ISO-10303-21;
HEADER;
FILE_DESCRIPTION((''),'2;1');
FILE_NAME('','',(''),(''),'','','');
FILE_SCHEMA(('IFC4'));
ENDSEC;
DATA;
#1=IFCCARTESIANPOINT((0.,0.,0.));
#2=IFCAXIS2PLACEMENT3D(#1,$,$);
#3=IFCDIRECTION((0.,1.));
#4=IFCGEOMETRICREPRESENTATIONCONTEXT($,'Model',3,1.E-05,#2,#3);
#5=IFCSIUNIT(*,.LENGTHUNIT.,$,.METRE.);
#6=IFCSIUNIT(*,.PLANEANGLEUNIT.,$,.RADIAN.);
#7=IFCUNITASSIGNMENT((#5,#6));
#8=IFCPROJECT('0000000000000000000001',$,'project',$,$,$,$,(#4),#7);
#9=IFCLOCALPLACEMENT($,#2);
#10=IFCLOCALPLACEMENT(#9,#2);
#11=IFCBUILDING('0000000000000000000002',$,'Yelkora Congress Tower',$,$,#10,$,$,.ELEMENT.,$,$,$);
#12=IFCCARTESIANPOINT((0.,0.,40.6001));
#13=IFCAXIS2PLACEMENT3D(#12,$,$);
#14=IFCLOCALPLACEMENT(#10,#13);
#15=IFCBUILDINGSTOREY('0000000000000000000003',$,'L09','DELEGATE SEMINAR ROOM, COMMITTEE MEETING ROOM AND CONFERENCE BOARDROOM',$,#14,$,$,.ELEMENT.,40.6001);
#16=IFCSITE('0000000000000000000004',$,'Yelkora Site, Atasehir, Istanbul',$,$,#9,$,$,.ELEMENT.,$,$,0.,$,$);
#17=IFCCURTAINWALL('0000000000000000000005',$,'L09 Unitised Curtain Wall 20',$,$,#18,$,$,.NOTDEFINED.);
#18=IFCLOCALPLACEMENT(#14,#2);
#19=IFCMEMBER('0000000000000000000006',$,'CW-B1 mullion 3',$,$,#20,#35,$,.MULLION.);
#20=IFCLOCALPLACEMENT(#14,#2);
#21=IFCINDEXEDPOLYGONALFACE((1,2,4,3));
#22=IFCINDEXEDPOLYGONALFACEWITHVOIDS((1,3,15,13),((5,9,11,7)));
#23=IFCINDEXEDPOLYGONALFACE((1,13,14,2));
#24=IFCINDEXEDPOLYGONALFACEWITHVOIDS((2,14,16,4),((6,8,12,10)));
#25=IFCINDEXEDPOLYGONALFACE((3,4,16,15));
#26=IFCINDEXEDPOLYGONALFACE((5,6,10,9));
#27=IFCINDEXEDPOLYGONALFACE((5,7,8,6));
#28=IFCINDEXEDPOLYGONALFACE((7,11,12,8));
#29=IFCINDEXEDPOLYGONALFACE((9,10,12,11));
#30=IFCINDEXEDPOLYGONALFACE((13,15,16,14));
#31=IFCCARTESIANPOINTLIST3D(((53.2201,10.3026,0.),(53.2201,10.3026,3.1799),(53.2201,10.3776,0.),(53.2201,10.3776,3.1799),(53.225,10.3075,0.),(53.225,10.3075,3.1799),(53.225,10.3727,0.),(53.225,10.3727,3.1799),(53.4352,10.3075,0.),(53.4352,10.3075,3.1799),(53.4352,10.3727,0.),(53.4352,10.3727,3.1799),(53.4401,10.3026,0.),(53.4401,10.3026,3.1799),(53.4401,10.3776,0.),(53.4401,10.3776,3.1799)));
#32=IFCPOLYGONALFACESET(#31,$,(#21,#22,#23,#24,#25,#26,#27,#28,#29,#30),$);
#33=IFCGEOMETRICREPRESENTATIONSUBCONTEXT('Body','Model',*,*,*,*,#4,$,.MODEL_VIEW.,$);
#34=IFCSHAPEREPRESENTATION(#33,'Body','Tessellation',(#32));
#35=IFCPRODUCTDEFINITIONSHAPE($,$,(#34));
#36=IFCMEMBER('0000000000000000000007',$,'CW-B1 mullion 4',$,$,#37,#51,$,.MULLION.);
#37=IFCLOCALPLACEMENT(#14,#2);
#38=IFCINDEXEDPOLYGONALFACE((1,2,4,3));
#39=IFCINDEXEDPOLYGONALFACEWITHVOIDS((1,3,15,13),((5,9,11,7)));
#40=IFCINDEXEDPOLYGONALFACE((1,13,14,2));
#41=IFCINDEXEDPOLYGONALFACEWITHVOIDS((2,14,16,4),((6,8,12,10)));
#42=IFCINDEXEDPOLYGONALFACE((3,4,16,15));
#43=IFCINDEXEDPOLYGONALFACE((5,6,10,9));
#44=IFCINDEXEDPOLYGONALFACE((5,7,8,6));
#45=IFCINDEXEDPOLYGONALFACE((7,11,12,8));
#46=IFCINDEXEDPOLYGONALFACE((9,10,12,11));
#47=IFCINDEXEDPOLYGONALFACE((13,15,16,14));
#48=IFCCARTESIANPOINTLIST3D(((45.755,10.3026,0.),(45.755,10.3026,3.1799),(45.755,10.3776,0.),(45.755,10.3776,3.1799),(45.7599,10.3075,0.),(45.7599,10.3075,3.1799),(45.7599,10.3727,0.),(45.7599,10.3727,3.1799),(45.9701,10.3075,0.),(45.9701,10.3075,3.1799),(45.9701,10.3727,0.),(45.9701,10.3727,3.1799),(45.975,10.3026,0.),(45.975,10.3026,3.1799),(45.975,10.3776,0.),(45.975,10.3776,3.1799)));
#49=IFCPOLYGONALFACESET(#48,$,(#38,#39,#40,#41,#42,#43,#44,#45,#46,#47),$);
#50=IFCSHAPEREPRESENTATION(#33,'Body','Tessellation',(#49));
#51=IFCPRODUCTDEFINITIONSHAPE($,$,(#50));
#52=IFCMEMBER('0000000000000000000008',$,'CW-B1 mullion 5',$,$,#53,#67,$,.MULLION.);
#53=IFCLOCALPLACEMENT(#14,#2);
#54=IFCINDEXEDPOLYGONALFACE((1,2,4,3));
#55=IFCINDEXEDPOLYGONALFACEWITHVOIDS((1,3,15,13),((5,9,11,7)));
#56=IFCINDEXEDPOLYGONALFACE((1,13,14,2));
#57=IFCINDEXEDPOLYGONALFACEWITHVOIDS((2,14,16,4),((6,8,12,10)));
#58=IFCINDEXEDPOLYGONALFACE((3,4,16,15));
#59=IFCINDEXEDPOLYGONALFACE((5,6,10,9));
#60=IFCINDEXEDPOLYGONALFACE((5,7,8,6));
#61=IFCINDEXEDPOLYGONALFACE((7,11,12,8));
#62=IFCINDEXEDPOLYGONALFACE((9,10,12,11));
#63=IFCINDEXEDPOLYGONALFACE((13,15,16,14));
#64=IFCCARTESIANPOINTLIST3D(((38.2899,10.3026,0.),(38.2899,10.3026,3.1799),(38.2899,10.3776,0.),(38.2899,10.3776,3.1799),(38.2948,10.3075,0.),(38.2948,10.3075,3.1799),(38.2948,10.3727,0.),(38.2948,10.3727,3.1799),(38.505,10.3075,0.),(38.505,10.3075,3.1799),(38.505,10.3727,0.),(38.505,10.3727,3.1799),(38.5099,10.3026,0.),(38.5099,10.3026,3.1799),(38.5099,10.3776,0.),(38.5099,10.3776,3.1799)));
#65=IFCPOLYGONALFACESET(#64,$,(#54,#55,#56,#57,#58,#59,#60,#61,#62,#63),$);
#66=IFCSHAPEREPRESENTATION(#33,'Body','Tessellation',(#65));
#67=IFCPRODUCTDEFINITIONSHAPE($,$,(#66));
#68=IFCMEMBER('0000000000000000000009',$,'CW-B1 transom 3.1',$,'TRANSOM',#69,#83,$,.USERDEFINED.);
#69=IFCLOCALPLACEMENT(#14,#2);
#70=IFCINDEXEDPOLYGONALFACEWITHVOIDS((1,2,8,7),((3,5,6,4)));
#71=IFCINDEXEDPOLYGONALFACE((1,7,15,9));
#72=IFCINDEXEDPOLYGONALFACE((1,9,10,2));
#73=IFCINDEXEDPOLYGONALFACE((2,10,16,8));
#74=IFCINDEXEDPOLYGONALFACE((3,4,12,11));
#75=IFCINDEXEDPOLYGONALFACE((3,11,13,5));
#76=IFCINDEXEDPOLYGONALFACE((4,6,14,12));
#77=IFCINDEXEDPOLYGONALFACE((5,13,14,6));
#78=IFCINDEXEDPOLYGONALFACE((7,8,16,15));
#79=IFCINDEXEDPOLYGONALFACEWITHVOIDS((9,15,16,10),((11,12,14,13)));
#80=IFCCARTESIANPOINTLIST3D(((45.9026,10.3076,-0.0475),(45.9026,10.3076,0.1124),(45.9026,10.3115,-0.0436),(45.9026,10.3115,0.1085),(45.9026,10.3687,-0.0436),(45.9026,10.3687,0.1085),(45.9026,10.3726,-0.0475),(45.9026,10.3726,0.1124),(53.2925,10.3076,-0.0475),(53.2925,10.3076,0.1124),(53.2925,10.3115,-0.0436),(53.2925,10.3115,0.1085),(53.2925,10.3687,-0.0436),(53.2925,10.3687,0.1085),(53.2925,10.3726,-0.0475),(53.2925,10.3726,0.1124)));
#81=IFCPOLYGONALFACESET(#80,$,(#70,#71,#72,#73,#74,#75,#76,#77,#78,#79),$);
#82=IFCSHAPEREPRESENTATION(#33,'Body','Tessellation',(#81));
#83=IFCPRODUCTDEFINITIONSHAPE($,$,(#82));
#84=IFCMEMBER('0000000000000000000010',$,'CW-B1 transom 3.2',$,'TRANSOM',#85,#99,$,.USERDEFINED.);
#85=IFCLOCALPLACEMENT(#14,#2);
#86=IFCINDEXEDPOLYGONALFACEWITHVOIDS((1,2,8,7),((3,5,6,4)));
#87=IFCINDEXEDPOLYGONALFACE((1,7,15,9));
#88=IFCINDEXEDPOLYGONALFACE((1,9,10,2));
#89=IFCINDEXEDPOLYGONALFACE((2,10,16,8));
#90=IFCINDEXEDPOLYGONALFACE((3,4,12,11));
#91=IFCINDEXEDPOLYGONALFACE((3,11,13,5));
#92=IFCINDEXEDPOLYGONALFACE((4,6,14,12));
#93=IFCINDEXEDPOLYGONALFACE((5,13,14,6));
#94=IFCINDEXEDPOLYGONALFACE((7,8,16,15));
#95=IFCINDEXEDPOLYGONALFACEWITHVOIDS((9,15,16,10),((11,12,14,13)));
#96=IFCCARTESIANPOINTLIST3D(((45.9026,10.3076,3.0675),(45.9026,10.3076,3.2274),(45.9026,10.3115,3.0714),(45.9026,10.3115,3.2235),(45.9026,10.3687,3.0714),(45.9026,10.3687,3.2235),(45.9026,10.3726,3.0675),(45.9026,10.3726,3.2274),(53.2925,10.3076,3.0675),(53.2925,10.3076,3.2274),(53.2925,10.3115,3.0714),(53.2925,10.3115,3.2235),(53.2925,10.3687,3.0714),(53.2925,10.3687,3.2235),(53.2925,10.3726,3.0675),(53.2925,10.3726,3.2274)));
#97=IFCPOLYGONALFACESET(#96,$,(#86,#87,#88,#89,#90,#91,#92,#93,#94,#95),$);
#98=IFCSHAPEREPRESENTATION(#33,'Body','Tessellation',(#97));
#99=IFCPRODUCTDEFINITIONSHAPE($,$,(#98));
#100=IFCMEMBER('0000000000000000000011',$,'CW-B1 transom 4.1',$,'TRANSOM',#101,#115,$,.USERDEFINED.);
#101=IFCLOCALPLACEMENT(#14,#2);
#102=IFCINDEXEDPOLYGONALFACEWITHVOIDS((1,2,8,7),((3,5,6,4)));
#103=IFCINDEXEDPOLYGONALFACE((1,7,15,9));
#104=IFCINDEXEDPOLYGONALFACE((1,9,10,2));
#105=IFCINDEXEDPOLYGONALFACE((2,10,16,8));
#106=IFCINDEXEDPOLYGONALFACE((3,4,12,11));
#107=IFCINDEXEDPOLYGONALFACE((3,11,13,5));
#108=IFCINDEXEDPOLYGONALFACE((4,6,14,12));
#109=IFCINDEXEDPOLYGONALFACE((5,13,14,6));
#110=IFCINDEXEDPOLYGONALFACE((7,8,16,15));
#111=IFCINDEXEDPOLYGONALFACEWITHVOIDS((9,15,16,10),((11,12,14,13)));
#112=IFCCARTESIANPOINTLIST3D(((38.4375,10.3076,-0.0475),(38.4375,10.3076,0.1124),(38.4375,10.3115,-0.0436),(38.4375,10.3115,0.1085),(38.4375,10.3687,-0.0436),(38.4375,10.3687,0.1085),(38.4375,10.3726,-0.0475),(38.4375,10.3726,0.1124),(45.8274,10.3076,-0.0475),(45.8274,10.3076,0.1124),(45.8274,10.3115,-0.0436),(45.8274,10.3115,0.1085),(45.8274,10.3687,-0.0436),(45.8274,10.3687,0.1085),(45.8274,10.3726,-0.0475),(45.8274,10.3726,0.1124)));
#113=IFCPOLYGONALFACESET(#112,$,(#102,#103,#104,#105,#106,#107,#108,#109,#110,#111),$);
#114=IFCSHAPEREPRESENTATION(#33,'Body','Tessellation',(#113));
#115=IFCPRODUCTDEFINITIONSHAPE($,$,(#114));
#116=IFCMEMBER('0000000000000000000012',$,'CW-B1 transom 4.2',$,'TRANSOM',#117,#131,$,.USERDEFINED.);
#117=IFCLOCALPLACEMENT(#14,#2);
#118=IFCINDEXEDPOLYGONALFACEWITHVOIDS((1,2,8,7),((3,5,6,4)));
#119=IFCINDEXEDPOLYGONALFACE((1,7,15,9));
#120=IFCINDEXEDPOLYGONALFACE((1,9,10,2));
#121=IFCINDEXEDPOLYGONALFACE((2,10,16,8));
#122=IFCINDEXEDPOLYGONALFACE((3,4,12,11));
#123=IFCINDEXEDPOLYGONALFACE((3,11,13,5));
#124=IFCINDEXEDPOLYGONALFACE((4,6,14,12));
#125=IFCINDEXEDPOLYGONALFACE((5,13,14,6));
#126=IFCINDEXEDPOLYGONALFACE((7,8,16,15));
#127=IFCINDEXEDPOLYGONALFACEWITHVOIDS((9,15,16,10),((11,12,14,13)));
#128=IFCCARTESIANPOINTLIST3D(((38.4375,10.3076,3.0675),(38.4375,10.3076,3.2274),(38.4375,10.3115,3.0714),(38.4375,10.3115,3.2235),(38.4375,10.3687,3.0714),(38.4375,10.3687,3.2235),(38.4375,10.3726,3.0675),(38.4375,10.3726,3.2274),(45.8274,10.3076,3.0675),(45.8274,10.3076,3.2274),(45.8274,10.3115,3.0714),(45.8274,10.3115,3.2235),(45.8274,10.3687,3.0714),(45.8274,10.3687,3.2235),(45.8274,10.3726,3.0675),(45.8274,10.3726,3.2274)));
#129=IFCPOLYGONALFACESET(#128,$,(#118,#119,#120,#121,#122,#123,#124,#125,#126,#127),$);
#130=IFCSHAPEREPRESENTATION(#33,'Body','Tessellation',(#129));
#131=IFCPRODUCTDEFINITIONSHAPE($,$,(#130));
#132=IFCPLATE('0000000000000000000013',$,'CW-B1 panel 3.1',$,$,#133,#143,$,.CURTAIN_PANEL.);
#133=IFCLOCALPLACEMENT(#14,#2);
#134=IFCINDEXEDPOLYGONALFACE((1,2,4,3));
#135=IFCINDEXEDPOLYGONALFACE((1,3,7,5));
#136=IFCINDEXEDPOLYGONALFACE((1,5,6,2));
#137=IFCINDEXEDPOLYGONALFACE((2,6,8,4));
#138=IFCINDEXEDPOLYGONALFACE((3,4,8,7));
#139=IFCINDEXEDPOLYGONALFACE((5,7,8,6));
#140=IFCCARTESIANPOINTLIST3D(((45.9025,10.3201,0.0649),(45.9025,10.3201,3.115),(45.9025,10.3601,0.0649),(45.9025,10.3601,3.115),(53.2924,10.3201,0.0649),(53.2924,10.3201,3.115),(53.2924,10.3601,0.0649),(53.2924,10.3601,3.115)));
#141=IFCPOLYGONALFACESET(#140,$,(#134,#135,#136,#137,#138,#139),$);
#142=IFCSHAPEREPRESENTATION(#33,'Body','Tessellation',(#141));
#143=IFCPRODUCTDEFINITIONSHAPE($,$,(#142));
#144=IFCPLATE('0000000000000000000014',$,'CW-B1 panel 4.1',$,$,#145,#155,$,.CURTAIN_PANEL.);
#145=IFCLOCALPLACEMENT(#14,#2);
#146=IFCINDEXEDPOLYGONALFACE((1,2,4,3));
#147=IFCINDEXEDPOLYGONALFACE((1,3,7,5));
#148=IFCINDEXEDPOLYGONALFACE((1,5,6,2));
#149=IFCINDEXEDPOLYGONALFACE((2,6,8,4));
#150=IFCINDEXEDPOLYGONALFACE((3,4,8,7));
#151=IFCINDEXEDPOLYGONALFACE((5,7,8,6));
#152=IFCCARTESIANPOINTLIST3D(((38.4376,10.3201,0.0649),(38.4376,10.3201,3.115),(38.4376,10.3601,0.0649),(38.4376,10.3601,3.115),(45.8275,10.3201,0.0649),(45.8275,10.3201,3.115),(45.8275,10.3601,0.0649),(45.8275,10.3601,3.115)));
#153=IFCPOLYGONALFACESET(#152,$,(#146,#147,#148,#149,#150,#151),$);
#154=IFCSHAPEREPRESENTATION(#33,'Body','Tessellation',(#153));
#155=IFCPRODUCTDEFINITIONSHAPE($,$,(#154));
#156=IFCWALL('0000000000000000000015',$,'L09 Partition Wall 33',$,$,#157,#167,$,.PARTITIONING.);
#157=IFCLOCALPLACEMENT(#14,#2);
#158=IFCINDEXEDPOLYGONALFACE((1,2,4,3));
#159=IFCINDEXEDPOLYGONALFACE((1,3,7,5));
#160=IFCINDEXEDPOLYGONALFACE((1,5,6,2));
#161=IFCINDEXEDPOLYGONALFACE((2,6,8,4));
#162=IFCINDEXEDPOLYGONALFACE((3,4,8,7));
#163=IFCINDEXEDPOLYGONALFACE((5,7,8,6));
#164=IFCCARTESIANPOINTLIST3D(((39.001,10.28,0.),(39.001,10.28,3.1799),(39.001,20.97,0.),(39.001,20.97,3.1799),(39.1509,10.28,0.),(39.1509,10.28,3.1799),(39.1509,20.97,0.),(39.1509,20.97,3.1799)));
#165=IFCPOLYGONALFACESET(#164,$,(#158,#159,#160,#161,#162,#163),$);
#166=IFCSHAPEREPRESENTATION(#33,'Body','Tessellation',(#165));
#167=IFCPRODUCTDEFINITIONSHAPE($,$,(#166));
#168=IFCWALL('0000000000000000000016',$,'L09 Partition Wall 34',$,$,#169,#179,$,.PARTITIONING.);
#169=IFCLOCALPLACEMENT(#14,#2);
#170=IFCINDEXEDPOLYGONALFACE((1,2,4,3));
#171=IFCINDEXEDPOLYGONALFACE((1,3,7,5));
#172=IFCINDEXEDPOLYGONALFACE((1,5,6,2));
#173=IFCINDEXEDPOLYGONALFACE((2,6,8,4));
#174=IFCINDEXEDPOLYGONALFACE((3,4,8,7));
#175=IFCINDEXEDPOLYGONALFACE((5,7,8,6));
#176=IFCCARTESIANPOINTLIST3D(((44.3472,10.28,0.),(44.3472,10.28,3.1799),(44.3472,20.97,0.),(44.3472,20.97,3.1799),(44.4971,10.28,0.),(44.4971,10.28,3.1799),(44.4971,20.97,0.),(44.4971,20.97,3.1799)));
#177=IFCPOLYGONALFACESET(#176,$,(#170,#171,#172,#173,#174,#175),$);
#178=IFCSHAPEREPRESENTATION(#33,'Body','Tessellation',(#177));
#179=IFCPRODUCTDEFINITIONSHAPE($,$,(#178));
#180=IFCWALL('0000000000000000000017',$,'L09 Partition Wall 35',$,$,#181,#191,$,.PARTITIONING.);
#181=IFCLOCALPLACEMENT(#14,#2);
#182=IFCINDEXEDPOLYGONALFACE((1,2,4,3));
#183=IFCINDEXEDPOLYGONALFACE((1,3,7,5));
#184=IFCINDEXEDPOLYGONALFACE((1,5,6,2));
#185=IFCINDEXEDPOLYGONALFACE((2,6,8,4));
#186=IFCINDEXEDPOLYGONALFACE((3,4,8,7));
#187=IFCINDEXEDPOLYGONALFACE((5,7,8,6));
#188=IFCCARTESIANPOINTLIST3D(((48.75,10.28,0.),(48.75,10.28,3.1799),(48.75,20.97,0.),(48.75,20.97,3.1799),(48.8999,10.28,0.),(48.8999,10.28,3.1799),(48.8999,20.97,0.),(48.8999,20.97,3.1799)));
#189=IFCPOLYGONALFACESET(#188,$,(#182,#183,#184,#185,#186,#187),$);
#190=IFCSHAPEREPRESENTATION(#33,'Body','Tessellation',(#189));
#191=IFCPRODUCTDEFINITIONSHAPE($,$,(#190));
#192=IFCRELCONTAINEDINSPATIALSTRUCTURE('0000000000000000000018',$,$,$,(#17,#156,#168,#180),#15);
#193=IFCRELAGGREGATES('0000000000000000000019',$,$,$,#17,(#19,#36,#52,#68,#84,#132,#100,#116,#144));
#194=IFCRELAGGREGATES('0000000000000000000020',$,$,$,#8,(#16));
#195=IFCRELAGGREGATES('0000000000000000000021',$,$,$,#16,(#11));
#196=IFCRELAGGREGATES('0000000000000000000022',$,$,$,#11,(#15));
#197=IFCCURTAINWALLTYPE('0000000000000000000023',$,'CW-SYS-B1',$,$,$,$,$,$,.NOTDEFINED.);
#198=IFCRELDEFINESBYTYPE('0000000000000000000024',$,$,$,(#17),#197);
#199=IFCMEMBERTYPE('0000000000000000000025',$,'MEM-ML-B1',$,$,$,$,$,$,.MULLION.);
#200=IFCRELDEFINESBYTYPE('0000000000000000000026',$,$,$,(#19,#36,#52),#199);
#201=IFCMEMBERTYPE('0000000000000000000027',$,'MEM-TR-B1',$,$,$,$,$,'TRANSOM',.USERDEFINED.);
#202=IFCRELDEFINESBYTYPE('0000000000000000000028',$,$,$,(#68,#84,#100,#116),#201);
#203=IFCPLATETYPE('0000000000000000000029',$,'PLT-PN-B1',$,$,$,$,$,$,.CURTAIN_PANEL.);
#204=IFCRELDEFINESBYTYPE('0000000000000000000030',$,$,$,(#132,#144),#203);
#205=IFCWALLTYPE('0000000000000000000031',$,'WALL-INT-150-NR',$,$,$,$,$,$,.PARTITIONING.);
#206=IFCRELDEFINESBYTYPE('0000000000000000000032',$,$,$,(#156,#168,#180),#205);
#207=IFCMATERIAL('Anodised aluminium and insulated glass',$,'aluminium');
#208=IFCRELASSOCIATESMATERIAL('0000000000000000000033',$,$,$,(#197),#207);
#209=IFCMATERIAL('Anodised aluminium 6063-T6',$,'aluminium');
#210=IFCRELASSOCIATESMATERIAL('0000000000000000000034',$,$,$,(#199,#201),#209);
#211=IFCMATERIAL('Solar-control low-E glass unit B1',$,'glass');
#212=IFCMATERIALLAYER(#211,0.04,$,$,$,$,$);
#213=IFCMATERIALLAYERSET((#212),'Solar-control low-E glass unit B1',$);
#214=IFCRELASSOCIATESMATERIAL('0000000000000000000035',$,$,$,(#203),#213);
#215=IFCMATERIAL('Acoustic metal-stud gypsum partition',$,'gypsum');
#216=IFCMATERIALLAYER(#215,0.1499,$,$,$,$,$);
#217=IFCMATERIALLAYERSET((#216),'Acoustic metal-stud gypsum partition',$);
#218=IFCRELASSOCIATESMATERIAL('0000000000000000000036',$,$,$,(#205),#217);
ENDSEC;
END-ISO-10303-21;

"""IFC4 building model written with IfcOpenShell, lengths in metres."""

from ifc_helpers import new_model, si_unit, direction, frame, frame_2d, origin, origin_2d, place, context, subcontext, project, spatial, rectangle, hollow_rectangle, extrude, material, layer, layer_set, material_profile, profile_set, type_object, element, aggregate, save


model = new_model("IFC4")

# Units and contexts
model_context = context("Model", 3, precision=1e-05, world=origin(), true_north=direction((0.0, 1.0)))
body_context = subcontext(model_context, "Body", "Model", "MODEL_VIEW")
ifc_project = project(units=[si_unit("LENGTHUNIT", "METRE"), si_unit("PLANEANGLEUNIT", "RADIAN")], contexts=[model_context])

# Site, building, storey
site_placement = place(None, origin())
site = spatial("IfcSite", under=ifc_project, at=site_placement, Name="Yelkora Site, Atasehir, Istanbul", CompositionType="ELEMENT", RefElevation=0.0)
building_placement = place(site_placement, origin())
building = spatial("IfcBuilding", under=site, at=building_placement, Name="Yelkora Congress Tower", CompositionType="ELEMENT")
storey_placement = place(building_placement, frame((0.0, 0.0, 40.6001)))
storey = spatial("IfcBuildingStorey", under=building, at=storey_placement, Name="L09", Description="DELEGATE SEMINAR ROOM, COMMITTEE MEETING ROOM AND CONFERENCE BOARDROOM", CompositionType="ELEMENT", Elevation=40.6001)

# Curtain wall, members, plates
ifc_material_1 = material(Name="Anodised aluminium and insulated glass", Category="aluminium")
curtain_wall_type = type_object("IfcCurtainWallType", Name="CW-SYS-B1", PredefinedType="NOTDEFINED", material=ifc_material_1)
curtain_wall_placement = place(storey_placement, origin())
curtain_wall = element("IfcCurtainWall", 1, at=curtain_wall_placement, inside=storey, type_object=curtain_wall_type, Name="L09 Unitised Curtain Wall 20", PredefinedType="NOTDEFINED")
ifc_material_2 = material(Name="Anodised aluminium 6063-T6", Category="aluminium")
ifc_material_profile_1 = material_profile(ifc_material_2, hollow_rectangle(XDim=0.075, YDim=0.22, WallThickness=0.0049, at=origin_2d()), Name="ALU 75x220x5")
ifc_profile_set_1 = profile_set([ifc_material_profile_1], Name="Anodised aluminium 6063-T6")
member_type_1 = type_object("IfcMemberType", Name="MEM-ML-B1", PredefinedType="MULLION", material=ifc_profile_set_1)
member_1_placement = place(storey_placement, frame((53.3301, 10.3401, 0.0), z_axis=(0.0, 0.0, 1.0), x_axis=(0.0, -1.0, 0.0)))
member_1 = element("IfcMember", 2, at=member_1_placement, type_object=member_type_1, Name="CW-B1 mullion 3", PredefinedType="MULLION", context=body_context, shape_type="SweptSolid", body=[
    extrude(hollow_rectangle(XDim=0.075, YDim=0.22, WallThickness=0.0049, at=origin_2d()), origin(), (0.0, 0.0, 1.0), 3.1799),
])
member_2_placement = place(storey_placement, frame((45.865, 10.3401, 0.0), z_axis=(0.0, 0.0, 1.0), x_axis=(0.0, -1.0, 0.0)))
member_2 = element("IfcMember", 3, at=member_2_placement, type_object=member_type_1, Name="CW-B1 mullion 4", PredefinedType="MULLION", context=body_context, shape_type="SweptSolid", body=[
    extrude(hollow_rectangle(XDim=0.075, YDim=0.22, WallThickness=0.0049, at=origin_2d()), origin(), (0.0, 0.0, 1.0), 3.1799),
])
member_3_placement = place(storey_placement, frame((38.3999, 10.3401, 0.0), z_axis=(0.0, 0.0, 1.0), x_axis=(0.0, -1.0, 0.0)))
member_3 = element("IfcMember", 4, at=member_3_placement, type_object=member_type_1, Name="CW-B1 mullion 5", PredefinedType="MULLION", context=body_context, shape_type="SweptSolid", body=[
    extrude(hollow_rectangle(XDim=0.075, YDim=0.22, WallThickness=0.0049, at=origin_2d()), origin(), (0.0, 0.0, 1.0), 3.1799),
])
ifc_material_profile_2 = material_profile(ifc_material_2, hollow_rectangle(XDim=0.0649, YDim=0.1599, WallThickness=0.0039, at=origin_2d()), Name="ALU 65x160x4")
ifc_profile_set_2 = profile_set([ifc_material_profile_2], Name="Anodised aluminium 6063-T6")
member_type_2 = type_object("IfcMemberType", Name="MEM-TR-B1", ElementType="TRANSOM", PredefinedType="USERDEFINED", material=ifc_profile_set_2)
member_4_placement = place(storey_placement, frame((53.2925, 10.3401, 0.0325), z_axis=(-1.0, 0.0, 0.0), x_axis=(0.0, -1.0, 0.0)))
member_4 = element("IfcMember", 5, at=member_4_placement, type_object=member_type_2, Name="CW-B1 transom 3.1", ObjectType="TRANSOM", PredefinedType="USERDEFINED", context=body_context, shape_type="SweptSolid", body=[
    extrude(hollow_rectangle(XDim=0.0649, YDim=0.1599, WallThickness=0.0039, at=origin_2d()), origin(), (0.0, 0.0, 1.0), 7.3899),
])
member_5_placement = place(storey_placement, frame((53.2925, 10.3401, 3.1475), z_axis=(-1.0, 0.0, 0.0), x_axis=(0.0, -1.0, 0.0)))
member_5 = element("IfcMember", 6, at=member_5_placement, type_object=member_type_2, Name="CW-B1 transom 3.2", ObjectType="TRANSOM", PredefinedType="USERDEFINED", context=body_context, shape_type="SweptSolid", body=[
    extrude(hollow_rectangle(XDim=0.0649, YDim=0.1599, WallThickness=0.0039, at=origin_2d()), origin(), (0.0, 0.0, 1.0), 7.3899),
])
member_6_placement = place(storey_placement, frame((45.8274, 10.3401, 0.0325), z_axis=(-1.0, 0.0, 0.0), x_axis=(0.0, -1.0, 0.0)))
member_6 = element("IfcMember", 7, at=member_6_placement, type_object=member_type_2, Name="CW-B1 transom 4.1", ObjectType="TRANSOM", PredefinedType="USERDEFINED", context=body_context, shape_type="SweptSolid", body=[
    extrude(hollow_rectangle(XDim=0.0649, YDim=0.1599, WallThickness=0.0039, at=origin_2d()), origin(), (0.0, 0.0, 1.0), 7.3899),
])
member_7_placement = place(storey_placement, frame((45.8274, 10.3401, 3.1475), z_axis=(-1.0, 0.0, 0.0), x_axis=(0.0, -1.0, 0.0)))
member_7 = element("IfcMember", 8, at=member_7_placement, type_object=member_type_2, Name="CW-B1 transom 4.2", ObjectType="TRANSOM", PredefinedType="USERDEFINED", context=body_context, shape_type="SweptSolid", body=[
    extrude(hollow_rectangle(XDim=0.0649, YDim=0.1599, WallThickness=0.0039, at=origin_2d()), origin(), (0.0, 0.0, 1.0), 7.3899),
])
ifc_material_3 = material(Name="Solar-control low-E glass unit B1", Category="glass")
ifc_layer_1 = layer(ifc_material_3, 0.04)
ifc_layer_set_1 = layer_set([ifc_layer_1], Name="Solar-control low-E glass unit B1")
plate_type = type_object("IfcPlateType", Name="PLT-PN-B1", PredefinedType="CURTAIN_PANEL", material=ifc_layer_set_1)
plate_1_placement = place(storey_placement, frame((49.5974, 10.3401, 0.0649), z_axis=(0.0, 0.0, 1.0), x_axis=(-1.0, 0.0, 0.0)))
plate_1 = element("IfcPlate", 9, at=plate_1_placement, type_object=plate_type, Name="CW-B1 panel 3.1", PredefinedType="CURTAIN_PANEL", context=body_context, shape_type="SweptSolid", body=[
    extrude(rectangle(XDim=7.3899, YDim=0.04, at=origin_2d()), origin(), (0.0, 0.0, 1.0), 3.05),
])
plate_2_placement = place(storey_placement, frame((42.1326, 10.3401, 0.0649), z_axis=(0.0, 0.0, 1.0), x_axis=(-1.0, 0.0, 0.0)))
plate_2 = element("IfcPlate", 10, at=plate_2_placement, type_object=plate_type, Name="CW-B1 panel 4.1", PredefinedType="CURTAIN_PANEL", context=body_context, shape_type="SweptSolid", body=[
    extrude(rectangle(XDim=7.3899, YDim=0.04, at=origin_2d()), origin(), (0.0, 0.0, 1.0), 3.05),
])
aggregate(curtain_wall, [member_1, member_2, member_3, member_4, member_5, plate_1, member_6, member_7, plate_2])

# Walls
ifc_material_4 = material(Name="Acoustic metal-stud gypsum partition", Category="gypsum")
ifc_layer_2 = layer(ifc_material_4, 0.1499)
ifc_layer_set_2 = layer_set([ifc_layer_2], Name="Acoustic metal-stud gypsum partition")
wall_type = type_object("IfcWallType", Name="WALL-INT-150-NR", PredefinedType="PARTITIONING", material=ifc_layer_set_2)
for number, where, z_axis, x_axis, name in (
    (11, (39.0759, 10.28, 0.0), (0.0, 0.0, 1.0), (0.0, 1.0, 0.0), "L09 Partition Wall 33"),
    (12, (44.4221, 10.28, 0.0), (0.0, 0.0, 1.0), (0.0, 1.0, 0.0), "L09 Partition Wall 34"),
    (13, (48.825, 10.28, 0.0), (0.0, 0.0, 1.0), (0.0, 1.0, 0.0), "L09 Partition Wall 35"),
):
    element("IfcWall", number, at=place(storey_placement, frame(where, z_axis=z_axis, x_axis=x_axis)), inside=storey, type_object=wall_type, Name=name, PredefinedType="PARTITIONING", context=body_context, shape_type="SweptSolid", body=[
        extrude(rectangle(XDim=10.6899, YDim=0.1499, at=frame_2d((5.345, 0.0))), origin(), (0.0, 0.0, 1.0), 3.1799),
    ])

save(model, "model.ifc")
